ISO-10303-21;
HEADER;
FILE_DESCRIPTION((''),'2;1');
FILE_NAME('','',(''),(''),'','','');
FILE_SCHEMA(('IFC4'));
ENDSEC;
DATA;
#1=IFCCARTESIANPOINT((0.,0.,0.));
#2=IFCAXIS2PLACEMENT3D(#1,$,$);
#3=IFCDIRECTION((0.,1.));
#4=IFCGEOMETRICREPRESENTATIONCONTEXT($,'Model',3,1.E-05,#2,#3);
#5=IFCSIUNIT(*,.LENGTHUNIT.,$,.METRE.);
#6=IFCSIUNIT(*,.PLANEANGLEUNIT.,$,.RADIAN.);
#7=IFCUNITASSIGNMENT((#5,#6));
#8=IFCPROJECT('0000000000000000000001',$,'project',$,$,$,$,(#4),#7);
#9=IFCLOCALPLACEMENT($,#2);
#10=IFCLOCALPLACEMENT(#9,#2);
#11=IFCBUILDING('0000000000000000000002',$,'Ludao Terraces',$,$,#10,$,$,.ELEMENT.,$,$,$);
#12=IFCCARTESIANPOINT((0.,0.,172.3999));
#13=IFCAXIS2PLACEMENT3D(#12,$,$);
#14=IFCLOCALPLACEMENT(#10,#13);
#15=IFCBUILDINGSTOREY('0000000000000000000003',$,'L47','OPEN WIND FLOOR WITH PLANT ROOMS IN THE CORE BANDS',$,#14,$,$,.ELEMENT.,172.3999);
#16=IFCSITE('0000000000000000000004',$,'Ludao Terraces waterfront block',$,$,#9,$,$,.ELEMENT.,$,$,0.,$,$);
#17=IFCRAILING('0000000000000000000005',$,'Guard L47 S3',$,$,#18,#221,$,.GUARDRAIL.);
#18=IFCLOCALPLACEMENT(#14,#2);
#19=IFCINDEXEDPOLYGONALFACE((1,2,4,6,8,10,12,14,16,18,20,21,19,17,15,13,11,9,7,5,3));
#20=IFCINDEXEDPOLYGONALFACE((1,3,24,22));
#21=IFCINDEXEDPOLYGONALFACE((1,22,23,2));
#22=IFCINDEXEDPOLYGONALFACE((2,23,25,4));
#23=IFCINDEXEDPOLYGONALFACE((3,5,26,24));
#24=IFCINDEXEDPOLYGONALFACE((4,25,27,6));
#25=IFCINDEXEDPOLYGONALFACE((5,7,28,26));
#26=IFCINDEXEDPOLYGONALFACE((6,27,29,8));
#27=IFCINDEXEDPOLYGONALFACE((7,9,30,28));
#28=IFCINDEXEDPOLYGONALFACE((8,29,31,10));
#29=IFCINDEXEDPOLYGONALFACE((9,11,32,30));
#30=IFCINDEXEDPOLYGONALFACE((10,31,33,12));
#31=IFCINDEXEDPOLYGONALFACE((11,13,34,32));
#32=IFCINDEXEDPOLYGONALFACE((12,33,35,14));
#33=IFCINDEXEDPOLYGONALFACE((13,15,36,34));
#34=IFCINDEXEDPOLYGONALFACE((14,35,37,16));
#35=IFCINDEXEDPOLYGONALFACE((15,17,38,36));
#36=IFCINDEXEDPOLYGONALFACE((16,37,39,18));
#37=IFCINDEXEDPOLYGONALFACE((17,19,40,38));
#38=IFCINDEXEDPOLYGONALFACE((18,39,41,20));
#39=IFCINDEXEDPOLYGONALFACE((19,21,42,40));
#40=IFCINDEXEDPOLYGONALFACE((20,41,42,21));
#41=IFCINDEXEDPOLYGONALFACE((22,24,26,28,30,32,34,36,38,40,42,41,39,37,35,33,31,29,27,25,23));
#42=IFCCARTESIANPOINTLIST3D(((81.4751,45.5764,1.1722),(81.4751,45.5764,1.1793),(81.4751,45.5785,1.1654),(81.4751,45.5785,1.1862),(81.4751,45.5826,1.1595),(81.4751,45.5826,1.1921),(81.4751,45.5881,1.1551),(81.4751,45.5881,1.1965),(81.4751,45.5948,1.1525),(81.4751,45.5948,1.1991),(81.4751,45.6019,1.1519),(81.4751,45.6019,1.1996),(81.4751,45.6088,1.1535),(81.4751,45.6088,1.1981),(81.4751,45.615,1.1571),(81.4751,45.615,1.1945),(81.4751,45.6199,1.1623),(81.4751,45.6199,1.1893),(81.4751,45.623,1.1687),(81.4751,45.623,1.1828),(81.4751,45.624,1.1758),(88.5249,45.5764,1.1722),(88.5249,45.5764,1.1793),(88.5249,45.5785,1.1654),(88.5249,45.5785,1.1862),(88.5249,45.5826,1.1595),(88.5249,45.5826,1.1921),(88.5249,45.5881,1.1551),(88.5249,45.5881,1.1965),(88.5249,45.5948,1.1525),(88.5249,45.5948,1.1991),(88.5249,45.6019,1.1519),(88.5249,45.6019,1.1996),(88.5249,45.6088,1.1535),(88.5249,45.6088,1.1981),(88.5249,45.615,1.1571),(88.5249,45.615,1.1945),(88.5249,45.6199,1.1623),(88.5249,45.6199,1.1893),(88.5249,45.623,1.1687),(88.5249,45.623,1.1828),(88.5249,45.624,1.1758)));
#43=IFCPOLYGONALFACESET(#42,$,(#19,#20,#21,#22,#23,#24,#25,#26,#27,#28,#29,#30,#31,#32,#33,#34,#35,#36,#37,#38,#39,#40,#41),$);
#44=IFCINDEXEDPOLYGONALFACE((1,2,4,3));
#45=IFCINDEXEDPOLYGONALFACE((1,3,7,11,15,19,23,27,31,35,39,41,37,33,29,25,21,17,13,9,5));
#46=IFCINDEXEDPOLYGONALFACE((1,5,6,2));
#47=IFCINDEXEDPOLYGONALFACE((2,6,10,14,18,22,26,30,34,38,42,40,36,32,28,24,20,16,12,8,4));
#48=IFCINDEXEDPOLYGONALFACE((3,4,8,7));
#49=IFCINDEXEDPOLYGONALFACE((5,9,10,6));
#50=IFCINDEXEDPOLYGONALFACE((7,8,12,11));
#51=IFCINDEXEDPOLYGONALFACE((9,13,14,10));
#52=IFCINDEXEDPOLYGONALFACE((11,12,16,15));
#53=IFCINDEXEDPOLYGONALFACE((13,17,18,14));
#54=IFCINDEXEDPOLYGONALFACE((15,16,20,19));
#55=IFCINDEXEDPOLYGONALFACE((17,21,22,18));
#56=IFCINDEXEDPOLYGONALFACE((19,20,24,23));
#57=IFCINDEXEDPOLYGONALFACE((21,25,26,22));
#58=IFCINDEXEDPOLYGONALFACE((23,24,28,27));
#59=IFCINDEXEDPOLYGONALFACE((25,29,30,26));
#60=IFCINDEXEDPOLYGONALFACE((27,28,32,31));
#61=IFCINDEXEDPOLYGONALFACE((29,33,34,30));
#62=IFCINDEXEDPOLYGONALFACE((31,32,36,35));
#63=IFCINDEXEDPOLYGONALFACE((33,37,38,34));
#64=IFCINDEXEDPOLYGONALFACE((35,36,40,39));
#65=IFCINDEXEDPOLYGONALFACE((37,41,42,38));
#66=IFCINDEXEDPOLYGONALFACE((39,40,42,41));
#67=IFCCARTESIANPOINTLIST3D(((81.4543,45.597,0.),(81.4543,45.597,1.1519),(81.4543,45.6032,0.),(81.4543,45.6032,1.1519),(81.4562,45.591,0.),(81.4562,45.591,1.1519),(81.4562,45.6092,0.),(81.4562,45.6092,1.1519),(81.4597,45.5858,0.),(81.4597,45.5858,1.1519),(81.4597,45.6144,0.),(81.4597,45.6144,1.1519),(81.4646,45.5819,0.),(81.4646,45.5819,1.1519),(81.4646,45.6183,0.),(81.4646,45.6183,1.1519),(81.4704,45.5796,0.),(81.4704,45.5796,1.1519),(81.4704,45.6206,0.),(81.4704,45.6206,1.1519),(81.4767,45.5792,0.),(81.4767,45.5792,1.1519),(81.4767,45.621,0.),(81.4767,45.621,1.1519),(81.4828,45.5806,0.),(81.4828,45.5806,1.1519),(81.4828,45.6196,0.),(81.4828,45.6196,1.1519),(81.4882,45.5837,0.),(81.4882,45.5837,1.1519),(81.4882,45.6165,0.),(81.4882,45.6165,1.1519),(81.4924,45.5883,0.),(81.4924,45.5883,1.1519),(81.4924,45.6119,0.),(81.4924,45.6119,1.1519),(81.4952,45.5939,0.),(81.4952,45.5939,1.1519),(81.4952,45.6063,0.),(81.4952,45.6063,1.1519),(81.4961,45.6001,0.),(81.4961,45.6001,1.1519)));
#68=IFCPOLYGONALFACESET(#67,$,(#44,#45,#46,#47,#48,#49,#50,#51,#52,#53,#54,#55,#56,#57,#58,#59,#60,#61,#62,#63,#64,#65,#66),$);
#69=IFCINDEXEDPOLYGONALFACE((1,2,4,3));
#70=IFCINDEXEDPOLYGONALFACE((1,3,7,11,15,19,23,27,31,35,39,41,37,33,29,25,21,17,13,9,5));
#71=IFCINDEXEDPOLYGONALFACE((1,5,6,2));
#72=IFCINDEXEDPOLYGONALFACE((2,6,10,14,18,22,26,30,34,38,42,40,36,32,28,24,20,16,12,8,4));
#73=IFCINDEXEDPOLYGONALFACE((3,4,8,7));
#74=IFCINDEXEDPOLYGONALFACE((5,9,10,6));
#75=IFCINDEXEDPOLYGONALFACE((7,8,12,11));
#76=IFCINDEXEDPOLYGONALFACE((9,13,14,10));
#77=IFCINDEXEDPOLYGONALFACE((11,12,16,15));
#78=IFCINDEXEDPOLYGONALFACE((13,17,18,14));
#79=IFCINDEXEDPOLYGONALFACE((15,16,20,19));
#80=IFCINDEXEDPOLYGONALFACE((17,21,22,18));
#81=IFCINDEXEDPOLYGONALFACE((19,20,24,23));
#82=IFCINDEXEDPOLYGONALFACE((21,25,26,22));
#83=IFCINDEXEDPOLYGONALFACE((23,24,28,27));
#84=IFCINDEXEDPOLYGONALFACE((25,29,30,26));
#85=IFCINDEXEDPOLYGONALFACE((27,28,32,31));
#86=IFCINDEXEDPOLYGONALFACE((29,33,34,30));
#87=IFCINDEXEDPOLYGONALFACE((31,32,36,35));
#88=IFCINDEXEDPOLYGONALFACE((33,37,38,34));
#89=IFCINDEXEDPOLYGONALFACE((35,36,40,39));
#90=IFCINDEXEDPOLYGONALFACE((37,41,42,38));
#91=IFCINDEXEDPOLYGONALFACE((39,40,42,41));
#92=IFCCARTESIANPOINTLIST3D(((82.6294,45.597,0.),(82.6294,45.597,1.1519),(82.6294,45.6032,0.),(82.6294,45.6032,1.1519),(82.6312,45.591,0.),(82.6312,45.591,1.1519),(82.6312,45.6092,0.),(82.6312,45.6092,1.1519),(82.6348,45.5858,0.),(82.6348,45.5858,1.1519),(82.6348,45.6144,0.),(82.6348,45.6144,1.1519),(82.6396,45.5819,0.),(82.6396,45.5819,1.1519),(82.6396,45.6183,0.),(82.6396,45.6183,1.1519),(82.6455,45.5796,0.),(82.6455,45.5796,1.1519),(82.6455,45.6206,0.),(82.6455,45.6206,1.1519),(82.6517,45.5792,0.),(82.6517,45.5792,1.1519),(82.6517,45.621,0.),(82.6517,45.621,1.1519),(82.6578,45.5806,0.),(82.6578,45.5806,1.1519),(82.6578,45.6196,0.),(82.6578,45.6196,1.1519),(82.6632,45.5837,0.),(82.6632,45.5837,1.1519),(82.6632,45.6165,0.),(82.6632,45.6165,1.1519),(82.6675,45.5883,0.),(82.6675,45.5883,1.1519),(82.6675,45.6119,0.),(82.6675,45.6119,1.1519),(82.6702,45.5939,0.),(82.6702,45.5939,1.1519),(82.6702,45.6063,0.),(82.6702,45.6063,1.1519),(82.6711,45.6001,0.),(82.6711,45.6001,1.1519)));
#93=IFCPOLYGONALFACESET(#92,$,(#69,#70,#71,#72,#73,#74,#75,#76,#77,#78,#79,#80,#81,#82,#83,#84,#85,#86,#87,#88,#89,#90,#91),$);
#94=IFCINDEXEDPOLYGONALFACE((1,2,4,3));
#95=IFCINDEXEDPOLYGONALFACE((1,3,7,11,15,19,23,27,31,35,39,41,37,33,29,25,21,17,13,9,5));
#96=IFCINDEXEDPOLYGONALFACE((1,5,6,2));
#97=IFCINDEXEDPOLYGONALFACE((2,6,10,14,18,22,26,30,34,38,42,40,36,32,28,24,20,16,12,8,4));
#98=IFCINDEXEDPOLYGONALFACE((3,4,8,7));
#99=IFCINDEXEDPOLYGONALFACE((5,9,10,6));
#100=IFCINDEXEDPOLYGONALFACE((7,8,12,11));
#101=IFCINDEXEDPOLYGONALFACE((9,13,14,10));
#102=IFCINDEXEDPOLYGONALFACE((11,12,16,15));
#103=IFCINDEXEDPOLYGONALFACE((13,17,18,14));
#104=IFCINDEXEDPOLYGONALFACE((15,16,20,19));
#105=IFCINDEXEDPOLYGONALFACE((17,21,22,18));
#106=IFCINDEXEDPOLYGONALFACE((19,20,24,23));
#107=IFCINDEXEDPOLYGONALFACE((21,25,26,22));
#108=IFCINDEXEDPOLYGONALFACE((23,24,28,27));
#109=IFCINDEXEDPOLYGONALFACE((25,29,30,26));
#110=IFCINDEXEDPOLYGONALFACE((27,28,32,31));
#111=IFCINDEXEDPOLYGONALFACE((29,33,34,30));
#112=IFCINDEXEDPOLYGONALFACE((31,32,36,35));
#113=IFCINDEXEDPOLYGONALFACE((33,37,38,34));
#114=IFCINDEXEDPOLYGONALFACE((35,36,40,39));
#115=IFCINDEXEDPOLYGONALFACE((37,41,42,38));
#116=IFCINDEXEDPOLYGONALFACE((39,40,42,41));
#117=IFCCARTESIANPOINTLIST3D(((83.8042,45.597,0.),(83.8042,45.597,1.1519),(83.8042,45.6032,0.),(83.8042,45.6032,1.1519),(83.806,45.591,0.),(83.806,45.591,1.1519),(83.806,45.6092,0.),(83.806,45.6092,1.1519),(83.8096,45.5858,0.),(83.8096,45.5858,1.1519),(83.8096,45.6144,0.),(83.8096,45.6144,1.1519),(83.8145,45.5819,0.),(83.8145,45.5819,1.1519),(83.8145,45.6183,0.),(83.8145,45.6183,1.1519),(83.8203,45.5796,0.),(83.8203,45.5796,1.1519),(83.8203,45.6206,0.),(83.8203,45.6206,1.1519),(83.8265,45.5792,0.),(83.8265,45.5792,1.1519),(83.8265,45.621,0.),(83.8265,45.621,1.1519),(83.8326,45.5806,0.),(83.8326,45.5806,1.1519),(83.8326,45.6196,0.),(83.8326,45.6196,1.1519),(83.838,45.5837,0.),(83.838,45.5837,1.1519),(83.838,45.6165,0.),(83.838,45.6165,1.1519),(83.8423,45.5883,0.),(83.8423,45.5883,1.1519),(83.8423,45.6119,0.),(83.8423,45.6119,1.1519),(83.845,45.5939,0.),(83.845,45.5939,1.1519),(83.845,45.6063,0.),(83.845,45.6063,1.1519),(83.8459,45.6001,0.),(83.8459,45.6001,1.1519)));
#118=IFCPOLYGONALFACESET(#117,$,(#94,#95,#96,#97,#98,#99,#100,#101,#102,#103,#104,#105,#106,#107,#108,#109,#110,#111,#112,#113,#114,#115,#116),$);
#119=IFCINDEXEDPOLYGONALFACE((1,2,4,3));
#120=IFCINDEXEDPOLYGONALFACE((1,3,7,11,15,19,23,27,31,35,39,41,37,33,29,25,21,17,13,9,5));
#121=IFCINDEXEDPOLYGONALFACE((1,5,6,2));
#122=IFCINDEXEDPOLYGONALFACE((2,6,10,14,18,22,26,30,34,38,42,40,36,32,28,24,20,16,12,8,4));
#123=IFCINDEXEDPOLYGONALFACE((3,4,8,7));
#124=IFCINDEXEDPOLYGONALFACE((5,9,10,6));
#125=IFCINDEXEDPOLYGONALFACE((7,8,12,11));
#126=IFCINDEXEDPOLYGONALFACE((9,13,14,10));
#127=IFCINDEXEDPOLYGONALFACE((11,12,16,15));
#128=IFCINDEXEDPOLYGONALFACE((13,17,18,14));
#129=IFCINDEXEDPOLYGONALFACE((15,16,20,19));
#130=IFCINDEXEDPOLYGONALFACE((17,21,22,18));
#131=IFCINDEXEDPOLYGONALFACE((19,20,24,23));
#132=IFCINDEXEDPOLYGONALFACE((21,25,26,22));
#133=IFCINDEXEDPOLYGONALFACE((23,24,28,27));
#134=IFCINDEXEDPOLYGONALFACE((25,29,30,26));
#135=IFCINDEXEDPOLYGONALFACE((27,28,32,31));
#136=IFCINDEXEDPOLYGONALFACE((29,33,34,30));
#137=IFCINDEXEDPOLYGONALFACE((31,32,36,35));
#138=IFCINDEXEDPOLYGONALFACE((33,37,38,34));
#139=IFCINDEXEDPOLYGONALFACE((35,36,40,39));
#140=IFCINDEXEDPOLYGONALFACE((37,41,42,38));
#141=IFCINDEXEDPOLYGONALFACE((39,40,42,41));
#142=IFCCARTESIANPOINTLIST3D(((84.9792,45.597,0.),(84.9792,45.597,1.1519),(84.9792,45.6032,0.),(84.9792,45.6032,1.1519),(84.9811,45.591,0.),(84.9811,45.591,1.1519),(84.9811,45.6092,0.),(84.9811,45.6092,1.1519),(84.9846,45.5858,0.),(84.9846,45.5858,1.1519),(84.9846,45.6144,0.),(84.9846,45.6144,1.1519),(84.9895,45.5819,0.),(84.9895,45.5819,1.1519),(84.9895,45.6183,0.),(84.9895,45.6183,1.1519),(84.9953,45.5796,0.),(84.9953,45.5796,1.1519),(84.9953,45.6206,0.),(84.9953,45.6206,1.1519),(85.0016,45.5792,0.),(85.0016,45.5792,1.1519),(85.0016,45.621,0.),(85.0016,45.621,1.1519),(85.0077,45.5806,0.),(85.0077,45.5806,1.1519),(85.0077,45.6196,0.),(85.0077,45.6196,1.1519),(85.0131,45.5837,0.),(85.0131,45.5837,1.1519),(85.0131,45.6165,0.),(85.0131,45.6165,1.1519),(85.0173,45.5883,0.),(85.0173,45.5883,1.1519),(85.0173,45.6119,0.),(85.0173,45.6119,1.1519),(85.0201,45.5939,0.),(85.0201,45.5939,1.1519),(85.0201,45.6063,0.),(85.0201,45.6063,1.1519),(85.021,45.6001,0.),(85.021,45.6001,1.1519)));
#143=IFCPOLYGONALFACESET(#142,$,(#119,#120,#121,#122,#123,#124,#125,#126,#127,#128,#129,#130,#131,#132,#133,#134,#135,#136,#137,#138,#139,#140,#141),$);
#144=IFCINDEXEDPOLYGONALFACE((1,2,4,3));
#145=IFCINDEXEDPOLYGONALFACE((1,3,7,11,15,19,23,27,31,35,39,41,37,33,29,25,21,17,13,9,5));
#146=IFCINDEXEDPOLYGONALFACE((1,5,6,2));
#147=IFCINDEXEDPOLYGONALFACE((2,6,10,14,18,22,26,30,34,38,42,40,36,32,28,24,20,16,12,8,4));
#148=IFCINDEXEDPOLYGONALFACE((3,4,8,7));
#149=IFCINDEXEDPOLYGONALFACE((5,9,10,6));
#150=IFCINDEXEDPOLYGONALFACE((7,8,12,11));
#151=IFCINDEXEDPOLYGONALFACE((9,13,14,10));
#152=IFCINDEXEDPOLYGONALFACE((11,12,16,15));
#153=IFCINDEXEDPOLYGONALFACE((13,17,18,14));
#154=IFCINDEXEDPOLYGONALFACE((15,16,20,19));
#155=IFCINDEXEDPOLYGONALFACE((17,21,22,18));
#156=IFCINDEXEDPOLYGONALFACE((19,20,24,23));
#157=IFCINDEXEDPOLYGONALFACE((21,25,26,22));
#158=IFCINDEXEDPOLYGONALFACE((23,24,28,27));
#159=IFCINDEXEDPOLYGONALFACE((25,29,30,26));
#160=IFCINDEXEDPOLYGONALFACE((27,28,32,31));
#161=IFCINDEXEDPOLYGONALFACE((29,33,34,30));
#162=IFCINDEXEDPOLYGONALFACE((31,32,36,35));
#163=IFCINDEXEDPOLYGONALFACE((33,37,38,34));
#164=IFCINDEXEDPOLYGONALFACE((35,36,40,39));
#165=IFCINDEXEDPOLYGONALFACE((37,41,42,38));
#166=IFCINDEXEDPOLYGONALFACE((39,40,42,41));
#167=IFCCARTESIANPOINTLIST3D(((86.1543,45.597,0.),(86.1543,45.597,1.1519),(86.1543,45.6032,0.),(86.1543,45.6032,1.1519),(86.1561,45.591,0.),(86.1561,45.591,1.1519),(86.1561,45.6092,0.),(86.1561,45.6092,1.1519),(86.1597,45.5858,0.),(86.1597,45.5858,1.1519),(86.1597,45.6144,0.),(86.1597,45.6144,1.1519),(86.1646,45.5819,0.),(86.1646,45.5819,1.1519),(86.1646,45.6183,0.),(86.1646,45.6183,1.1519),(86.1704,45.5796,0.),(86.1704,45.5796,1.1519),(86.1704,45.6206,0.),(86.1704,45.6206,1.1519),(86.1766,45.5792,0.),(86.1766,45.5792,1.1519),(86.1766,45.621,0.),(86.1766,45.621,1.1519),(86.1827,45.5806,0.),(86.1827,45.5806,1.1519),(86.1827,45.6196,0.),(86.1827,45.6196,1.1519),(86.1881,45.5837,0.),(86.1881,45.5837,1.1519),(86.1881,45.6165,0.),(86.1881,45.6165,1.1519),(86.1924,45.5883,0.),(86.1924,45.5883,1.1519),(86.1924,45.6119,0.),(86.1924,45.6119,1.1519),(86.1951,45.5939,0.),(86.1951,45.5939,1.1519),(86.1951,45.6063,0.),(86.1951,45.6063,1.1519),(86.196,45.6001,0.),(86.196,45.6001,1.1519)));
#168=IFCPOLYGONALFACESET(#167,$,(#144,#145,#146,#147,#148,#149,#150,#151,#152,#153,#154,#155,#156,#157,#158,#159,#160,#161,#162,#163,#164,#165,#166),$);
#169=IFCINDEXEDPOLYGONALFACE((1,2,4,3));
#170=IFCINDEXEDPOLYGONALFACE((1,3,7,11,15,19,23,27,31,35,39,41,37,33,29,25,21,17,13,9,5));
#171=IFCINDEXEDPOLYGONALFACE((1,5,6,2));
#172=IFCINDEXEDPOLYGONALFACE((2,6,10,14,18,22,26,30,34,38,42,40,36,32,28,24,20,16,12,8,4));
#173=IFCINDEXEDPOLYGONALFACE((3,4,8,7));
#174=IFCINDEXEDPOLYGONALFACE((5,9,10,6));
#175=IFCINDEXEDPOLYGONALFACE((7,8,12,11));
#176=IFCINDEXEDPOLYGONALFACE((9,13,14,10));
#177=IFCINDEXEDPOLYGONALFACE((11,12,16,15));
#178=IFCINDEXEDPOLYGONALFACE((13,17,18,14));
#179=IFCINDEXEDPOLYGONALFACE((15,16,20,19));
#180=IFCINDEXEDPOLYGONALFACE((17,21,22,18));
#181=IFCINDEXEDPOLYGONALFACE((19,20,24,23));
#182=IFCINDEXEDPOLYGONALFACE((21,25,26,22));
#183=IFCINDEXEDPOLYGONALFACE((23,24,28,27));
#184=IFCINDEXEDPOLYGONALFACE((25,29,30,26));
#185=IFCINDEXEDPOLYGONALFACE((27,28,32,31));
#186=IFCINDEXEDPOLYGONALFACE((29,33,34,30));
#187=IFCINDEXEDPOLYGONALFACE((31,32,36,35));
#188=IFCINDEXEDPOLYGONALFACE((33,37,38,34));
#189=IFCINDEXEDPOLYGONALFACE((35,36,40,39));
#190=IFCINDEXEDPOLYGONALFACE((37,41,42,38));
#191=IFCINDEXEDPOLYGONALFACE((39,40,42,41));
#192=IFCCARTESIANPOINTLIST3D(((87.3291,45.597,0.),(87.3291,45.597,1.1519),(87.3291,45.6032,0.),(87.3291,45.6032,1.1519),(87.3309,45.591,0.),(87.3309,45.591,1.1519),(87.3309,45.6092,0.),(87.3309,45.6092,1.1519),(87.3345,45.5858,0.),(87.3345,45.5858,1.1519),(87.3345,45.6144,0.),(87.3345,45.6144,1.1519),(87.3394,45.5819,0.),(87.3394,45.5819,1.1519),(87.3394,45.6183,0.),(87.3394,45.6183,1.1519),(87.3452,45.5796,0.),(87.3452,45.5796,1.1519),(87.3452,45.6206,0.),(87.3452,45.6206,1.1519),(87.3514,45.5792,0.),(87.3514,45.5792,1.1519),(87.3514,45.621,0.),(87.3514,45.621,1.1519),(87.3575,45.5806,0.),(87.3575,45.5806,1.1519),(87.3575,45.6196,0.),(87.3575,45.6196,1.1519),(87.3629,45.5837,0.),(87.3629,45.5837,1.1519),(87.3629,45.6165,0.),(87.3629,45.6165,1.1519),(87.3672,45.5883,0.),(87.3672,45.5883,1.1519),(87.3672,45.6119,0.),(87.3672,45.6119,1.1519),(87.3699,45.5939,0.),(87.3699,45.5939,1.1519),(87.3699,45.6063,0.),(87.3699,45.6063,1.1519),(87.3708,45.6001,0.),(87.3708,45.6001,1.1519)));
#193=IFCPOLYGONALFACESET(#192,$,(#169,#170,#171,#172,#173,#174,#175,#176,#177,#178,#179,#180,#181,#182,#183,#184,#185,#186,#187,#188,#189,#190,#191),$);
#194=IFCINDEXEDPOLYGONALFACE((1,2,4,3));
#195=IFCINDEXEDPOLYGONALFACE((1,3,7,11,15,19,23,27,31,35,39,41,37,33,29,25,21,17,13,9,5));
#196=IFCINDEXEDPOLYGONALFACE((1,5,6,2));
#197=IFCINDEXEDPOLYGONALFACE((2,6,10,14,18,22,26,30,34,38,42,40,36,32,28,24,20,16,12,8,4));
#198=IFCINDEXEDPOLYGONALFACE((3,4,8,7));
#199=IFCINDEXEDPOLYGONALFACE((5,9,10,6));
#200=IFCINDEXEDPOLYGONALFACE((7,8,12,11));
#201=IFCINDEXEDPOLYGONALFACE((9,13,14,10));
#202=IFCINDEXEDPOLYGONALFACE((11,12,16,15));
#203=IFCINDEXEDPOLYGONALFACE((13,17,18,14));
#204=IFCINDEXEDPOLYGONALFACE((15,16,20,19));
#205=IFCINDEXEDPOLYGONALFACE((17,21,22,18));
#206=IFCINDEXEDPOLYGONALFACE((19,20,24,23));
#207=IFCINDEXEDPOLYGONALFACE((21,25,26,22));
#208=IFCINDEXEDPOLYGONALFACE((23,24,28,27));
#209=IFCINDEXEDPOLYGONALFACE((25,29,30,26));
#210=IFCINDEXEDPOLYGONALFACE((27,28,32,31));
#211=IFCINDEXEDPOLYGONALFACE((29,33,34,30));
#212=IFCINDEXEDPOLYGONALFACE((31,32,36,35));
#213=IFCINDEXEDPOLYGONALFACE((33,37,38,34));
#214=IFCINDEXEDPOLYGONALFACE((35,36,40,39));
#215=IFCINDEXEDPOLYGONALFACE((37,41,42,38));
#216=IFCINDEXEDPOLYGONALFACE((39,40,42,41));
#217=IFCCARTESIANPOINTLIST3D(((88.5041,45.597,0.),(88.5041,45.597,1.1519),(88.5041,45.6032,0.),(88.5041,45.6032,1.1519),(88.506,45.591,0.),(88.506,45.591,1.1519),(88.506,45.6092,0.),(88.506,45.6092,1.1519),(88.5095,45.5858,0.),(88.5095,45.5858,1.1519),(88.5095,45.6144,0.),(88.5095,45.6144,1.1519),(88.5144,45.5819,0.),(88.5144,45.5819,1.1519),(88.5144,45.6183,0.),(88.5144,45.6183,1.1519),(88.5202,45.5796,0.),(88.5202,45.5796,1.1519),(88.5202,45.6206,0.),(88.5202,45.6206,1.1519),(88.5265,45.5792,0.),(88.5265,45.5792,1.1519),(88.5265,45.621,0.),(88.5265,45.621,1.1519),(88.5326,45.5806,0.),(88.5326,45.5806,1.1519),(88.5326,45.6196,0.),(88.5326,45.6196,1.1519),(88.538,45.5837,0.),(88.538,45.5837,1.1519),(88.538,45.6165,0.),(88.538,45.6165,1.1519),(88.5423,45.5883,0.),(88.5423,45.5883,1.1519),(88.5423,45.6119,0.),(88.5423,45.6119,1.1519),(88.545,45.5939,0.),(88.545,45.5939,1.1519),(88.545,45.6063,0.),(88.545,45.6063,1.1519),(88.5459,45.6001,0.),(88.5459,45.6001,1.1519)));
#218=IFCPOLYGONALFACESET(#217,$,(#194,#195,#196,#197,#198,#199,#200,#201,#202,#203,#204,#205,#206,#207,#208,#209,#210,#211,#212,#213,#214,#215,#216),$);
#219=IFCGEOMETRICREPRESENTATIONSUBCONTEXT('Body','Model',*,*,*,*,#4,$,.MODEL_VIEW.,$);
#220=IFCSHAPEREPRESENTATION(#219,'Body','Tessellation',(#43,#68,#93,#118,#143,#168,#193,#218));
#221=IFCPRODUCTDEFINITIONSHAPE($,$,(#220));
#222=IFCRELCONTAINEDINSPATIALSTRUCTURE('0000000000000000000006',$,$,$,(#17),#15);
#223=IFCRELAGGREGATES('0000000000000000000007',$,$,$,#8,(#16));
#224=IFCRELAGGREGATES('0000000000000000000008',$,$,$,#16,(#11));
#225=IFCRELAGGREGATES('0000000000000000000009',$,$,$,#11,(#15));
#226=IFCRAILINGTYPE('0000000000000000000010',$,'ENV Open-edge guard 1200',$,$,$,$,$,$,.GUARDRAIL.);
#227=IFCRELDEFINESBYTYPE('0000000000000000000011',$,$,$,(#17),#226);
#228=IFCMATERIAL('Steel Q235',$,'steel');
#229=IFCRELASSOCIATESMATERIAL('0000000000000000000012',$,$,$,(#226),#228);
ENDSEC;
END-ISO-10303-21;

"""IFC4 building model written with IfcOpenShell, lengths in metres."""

from ifc_helpers import new_model, si_unit, direction, frame, origin, origin_2d, place, context, subcontext, project, spatial, circle, extrude, material, type_object, element, save


model = new_model("IFC4")

# Units and contexts
model_context = context("Model", 3, precision=1e-05, world=origin(), true_north=direction((0.0, 1.0)))
body_context = subcontext(model_context, "Body", "Model", "MODEL_VIEW")
ifc_project = project(units=[si_unit("LENGTHUNIT", "METRE"), si_unit("PLANEANGLEUNIT", "RADIAN")], contexts=[model_context])

# Site, building, storey
site_placement = place(None, origin())
site = spatial("IfcSite", under=ifc_project, at=site_placement, Name="Ludao Terraces waterfront block", CompositionType="ELEMENT", RefElevation=0.0)
building_placement = place(site_placement, origin())
building = spatial("IfcBuilding", under=site, at=building_placement, Name="Ludao Terraces", CompositionType="ELEMENT")
storey_placement = place(building_placement, frame((0.0, 0.0, 172.3999)))
storey = spatial("IfcBuildingStorey", under=building, at=storey_placement, Name="L47", Description="OPEN WIND FLOOR WITH PLANT ROOMS IN THE CORE BANDS", CompositionType="ELEMENT", Elevation=172.3999)

# Shared definitions
ifc_material_1 = material(Name="Steel Q235", Category="steel")

# Railing
railing_type = type_object("IfcRailingType", Name="ENV Open-edge guard 1200", PredefinedType="GUARDRAIL", material=ifc_material_1)
railing_1_placement = place(storey_placement, frame((81.4751, 45.6001, 0.0)))
element("IfcRailing", 1, at=railing_1_placement, inside=storey, type_object=railing_type, Name="Guard L47 S3", PredefinedType="GUARDRAIL", context=body_context, shape_type="SweptSolid", body=[
    extrude(circle(Radius=0.0239, at=origin_2d()), frame((0.0, 0.0, 1.1758), z_axis=(1.0, 0.0, 0.0), x_axis=(0.0, 1.0, 0.0)), (0.0, 0.0, 1.0), 7.0498),
    extrude(circle(Radius=0.021, at=origin_2d()), origin(), (0.0, 0.0, 1.0), 1.1519),
    extrude(circle(Radius=0.021, at=origin_2d()), frame((1.175, 0.0, 0.0)), (0.0, 0.0, 1.0), 1.1519),
    extrude(circle(Radius=0.021, at=origin_2d()), frame((2.3499, 0.0, 0.0)), (0.0, 0.0, 1.0), 1.1519),
    extrude(circle(Radius=0.021, at=origin_2d()), frame((3.5249, 0.0, 0.0)), (0.0, 0.0, 1.0), 1.1519),
    extrude(circle(Radius=0.021, at=origin_2d()), frame((4.7, 0.0, 0.0)), (0.0, 0.0, 1.0), 1.1519),
    extrude(circle(Radius=0.021, at=origin_2d()), frame((5.8748, 0.0, 0.0)), (0.0, 0.0, 1.0), 1.1519),
    extrude(circle(Radius=0.021, at=origin_2d()), frame((7.0498, 0.0, 0.0)), (0.0, 0.0, 1.0), 1.1519),
])

save(model, "model.ifc")
